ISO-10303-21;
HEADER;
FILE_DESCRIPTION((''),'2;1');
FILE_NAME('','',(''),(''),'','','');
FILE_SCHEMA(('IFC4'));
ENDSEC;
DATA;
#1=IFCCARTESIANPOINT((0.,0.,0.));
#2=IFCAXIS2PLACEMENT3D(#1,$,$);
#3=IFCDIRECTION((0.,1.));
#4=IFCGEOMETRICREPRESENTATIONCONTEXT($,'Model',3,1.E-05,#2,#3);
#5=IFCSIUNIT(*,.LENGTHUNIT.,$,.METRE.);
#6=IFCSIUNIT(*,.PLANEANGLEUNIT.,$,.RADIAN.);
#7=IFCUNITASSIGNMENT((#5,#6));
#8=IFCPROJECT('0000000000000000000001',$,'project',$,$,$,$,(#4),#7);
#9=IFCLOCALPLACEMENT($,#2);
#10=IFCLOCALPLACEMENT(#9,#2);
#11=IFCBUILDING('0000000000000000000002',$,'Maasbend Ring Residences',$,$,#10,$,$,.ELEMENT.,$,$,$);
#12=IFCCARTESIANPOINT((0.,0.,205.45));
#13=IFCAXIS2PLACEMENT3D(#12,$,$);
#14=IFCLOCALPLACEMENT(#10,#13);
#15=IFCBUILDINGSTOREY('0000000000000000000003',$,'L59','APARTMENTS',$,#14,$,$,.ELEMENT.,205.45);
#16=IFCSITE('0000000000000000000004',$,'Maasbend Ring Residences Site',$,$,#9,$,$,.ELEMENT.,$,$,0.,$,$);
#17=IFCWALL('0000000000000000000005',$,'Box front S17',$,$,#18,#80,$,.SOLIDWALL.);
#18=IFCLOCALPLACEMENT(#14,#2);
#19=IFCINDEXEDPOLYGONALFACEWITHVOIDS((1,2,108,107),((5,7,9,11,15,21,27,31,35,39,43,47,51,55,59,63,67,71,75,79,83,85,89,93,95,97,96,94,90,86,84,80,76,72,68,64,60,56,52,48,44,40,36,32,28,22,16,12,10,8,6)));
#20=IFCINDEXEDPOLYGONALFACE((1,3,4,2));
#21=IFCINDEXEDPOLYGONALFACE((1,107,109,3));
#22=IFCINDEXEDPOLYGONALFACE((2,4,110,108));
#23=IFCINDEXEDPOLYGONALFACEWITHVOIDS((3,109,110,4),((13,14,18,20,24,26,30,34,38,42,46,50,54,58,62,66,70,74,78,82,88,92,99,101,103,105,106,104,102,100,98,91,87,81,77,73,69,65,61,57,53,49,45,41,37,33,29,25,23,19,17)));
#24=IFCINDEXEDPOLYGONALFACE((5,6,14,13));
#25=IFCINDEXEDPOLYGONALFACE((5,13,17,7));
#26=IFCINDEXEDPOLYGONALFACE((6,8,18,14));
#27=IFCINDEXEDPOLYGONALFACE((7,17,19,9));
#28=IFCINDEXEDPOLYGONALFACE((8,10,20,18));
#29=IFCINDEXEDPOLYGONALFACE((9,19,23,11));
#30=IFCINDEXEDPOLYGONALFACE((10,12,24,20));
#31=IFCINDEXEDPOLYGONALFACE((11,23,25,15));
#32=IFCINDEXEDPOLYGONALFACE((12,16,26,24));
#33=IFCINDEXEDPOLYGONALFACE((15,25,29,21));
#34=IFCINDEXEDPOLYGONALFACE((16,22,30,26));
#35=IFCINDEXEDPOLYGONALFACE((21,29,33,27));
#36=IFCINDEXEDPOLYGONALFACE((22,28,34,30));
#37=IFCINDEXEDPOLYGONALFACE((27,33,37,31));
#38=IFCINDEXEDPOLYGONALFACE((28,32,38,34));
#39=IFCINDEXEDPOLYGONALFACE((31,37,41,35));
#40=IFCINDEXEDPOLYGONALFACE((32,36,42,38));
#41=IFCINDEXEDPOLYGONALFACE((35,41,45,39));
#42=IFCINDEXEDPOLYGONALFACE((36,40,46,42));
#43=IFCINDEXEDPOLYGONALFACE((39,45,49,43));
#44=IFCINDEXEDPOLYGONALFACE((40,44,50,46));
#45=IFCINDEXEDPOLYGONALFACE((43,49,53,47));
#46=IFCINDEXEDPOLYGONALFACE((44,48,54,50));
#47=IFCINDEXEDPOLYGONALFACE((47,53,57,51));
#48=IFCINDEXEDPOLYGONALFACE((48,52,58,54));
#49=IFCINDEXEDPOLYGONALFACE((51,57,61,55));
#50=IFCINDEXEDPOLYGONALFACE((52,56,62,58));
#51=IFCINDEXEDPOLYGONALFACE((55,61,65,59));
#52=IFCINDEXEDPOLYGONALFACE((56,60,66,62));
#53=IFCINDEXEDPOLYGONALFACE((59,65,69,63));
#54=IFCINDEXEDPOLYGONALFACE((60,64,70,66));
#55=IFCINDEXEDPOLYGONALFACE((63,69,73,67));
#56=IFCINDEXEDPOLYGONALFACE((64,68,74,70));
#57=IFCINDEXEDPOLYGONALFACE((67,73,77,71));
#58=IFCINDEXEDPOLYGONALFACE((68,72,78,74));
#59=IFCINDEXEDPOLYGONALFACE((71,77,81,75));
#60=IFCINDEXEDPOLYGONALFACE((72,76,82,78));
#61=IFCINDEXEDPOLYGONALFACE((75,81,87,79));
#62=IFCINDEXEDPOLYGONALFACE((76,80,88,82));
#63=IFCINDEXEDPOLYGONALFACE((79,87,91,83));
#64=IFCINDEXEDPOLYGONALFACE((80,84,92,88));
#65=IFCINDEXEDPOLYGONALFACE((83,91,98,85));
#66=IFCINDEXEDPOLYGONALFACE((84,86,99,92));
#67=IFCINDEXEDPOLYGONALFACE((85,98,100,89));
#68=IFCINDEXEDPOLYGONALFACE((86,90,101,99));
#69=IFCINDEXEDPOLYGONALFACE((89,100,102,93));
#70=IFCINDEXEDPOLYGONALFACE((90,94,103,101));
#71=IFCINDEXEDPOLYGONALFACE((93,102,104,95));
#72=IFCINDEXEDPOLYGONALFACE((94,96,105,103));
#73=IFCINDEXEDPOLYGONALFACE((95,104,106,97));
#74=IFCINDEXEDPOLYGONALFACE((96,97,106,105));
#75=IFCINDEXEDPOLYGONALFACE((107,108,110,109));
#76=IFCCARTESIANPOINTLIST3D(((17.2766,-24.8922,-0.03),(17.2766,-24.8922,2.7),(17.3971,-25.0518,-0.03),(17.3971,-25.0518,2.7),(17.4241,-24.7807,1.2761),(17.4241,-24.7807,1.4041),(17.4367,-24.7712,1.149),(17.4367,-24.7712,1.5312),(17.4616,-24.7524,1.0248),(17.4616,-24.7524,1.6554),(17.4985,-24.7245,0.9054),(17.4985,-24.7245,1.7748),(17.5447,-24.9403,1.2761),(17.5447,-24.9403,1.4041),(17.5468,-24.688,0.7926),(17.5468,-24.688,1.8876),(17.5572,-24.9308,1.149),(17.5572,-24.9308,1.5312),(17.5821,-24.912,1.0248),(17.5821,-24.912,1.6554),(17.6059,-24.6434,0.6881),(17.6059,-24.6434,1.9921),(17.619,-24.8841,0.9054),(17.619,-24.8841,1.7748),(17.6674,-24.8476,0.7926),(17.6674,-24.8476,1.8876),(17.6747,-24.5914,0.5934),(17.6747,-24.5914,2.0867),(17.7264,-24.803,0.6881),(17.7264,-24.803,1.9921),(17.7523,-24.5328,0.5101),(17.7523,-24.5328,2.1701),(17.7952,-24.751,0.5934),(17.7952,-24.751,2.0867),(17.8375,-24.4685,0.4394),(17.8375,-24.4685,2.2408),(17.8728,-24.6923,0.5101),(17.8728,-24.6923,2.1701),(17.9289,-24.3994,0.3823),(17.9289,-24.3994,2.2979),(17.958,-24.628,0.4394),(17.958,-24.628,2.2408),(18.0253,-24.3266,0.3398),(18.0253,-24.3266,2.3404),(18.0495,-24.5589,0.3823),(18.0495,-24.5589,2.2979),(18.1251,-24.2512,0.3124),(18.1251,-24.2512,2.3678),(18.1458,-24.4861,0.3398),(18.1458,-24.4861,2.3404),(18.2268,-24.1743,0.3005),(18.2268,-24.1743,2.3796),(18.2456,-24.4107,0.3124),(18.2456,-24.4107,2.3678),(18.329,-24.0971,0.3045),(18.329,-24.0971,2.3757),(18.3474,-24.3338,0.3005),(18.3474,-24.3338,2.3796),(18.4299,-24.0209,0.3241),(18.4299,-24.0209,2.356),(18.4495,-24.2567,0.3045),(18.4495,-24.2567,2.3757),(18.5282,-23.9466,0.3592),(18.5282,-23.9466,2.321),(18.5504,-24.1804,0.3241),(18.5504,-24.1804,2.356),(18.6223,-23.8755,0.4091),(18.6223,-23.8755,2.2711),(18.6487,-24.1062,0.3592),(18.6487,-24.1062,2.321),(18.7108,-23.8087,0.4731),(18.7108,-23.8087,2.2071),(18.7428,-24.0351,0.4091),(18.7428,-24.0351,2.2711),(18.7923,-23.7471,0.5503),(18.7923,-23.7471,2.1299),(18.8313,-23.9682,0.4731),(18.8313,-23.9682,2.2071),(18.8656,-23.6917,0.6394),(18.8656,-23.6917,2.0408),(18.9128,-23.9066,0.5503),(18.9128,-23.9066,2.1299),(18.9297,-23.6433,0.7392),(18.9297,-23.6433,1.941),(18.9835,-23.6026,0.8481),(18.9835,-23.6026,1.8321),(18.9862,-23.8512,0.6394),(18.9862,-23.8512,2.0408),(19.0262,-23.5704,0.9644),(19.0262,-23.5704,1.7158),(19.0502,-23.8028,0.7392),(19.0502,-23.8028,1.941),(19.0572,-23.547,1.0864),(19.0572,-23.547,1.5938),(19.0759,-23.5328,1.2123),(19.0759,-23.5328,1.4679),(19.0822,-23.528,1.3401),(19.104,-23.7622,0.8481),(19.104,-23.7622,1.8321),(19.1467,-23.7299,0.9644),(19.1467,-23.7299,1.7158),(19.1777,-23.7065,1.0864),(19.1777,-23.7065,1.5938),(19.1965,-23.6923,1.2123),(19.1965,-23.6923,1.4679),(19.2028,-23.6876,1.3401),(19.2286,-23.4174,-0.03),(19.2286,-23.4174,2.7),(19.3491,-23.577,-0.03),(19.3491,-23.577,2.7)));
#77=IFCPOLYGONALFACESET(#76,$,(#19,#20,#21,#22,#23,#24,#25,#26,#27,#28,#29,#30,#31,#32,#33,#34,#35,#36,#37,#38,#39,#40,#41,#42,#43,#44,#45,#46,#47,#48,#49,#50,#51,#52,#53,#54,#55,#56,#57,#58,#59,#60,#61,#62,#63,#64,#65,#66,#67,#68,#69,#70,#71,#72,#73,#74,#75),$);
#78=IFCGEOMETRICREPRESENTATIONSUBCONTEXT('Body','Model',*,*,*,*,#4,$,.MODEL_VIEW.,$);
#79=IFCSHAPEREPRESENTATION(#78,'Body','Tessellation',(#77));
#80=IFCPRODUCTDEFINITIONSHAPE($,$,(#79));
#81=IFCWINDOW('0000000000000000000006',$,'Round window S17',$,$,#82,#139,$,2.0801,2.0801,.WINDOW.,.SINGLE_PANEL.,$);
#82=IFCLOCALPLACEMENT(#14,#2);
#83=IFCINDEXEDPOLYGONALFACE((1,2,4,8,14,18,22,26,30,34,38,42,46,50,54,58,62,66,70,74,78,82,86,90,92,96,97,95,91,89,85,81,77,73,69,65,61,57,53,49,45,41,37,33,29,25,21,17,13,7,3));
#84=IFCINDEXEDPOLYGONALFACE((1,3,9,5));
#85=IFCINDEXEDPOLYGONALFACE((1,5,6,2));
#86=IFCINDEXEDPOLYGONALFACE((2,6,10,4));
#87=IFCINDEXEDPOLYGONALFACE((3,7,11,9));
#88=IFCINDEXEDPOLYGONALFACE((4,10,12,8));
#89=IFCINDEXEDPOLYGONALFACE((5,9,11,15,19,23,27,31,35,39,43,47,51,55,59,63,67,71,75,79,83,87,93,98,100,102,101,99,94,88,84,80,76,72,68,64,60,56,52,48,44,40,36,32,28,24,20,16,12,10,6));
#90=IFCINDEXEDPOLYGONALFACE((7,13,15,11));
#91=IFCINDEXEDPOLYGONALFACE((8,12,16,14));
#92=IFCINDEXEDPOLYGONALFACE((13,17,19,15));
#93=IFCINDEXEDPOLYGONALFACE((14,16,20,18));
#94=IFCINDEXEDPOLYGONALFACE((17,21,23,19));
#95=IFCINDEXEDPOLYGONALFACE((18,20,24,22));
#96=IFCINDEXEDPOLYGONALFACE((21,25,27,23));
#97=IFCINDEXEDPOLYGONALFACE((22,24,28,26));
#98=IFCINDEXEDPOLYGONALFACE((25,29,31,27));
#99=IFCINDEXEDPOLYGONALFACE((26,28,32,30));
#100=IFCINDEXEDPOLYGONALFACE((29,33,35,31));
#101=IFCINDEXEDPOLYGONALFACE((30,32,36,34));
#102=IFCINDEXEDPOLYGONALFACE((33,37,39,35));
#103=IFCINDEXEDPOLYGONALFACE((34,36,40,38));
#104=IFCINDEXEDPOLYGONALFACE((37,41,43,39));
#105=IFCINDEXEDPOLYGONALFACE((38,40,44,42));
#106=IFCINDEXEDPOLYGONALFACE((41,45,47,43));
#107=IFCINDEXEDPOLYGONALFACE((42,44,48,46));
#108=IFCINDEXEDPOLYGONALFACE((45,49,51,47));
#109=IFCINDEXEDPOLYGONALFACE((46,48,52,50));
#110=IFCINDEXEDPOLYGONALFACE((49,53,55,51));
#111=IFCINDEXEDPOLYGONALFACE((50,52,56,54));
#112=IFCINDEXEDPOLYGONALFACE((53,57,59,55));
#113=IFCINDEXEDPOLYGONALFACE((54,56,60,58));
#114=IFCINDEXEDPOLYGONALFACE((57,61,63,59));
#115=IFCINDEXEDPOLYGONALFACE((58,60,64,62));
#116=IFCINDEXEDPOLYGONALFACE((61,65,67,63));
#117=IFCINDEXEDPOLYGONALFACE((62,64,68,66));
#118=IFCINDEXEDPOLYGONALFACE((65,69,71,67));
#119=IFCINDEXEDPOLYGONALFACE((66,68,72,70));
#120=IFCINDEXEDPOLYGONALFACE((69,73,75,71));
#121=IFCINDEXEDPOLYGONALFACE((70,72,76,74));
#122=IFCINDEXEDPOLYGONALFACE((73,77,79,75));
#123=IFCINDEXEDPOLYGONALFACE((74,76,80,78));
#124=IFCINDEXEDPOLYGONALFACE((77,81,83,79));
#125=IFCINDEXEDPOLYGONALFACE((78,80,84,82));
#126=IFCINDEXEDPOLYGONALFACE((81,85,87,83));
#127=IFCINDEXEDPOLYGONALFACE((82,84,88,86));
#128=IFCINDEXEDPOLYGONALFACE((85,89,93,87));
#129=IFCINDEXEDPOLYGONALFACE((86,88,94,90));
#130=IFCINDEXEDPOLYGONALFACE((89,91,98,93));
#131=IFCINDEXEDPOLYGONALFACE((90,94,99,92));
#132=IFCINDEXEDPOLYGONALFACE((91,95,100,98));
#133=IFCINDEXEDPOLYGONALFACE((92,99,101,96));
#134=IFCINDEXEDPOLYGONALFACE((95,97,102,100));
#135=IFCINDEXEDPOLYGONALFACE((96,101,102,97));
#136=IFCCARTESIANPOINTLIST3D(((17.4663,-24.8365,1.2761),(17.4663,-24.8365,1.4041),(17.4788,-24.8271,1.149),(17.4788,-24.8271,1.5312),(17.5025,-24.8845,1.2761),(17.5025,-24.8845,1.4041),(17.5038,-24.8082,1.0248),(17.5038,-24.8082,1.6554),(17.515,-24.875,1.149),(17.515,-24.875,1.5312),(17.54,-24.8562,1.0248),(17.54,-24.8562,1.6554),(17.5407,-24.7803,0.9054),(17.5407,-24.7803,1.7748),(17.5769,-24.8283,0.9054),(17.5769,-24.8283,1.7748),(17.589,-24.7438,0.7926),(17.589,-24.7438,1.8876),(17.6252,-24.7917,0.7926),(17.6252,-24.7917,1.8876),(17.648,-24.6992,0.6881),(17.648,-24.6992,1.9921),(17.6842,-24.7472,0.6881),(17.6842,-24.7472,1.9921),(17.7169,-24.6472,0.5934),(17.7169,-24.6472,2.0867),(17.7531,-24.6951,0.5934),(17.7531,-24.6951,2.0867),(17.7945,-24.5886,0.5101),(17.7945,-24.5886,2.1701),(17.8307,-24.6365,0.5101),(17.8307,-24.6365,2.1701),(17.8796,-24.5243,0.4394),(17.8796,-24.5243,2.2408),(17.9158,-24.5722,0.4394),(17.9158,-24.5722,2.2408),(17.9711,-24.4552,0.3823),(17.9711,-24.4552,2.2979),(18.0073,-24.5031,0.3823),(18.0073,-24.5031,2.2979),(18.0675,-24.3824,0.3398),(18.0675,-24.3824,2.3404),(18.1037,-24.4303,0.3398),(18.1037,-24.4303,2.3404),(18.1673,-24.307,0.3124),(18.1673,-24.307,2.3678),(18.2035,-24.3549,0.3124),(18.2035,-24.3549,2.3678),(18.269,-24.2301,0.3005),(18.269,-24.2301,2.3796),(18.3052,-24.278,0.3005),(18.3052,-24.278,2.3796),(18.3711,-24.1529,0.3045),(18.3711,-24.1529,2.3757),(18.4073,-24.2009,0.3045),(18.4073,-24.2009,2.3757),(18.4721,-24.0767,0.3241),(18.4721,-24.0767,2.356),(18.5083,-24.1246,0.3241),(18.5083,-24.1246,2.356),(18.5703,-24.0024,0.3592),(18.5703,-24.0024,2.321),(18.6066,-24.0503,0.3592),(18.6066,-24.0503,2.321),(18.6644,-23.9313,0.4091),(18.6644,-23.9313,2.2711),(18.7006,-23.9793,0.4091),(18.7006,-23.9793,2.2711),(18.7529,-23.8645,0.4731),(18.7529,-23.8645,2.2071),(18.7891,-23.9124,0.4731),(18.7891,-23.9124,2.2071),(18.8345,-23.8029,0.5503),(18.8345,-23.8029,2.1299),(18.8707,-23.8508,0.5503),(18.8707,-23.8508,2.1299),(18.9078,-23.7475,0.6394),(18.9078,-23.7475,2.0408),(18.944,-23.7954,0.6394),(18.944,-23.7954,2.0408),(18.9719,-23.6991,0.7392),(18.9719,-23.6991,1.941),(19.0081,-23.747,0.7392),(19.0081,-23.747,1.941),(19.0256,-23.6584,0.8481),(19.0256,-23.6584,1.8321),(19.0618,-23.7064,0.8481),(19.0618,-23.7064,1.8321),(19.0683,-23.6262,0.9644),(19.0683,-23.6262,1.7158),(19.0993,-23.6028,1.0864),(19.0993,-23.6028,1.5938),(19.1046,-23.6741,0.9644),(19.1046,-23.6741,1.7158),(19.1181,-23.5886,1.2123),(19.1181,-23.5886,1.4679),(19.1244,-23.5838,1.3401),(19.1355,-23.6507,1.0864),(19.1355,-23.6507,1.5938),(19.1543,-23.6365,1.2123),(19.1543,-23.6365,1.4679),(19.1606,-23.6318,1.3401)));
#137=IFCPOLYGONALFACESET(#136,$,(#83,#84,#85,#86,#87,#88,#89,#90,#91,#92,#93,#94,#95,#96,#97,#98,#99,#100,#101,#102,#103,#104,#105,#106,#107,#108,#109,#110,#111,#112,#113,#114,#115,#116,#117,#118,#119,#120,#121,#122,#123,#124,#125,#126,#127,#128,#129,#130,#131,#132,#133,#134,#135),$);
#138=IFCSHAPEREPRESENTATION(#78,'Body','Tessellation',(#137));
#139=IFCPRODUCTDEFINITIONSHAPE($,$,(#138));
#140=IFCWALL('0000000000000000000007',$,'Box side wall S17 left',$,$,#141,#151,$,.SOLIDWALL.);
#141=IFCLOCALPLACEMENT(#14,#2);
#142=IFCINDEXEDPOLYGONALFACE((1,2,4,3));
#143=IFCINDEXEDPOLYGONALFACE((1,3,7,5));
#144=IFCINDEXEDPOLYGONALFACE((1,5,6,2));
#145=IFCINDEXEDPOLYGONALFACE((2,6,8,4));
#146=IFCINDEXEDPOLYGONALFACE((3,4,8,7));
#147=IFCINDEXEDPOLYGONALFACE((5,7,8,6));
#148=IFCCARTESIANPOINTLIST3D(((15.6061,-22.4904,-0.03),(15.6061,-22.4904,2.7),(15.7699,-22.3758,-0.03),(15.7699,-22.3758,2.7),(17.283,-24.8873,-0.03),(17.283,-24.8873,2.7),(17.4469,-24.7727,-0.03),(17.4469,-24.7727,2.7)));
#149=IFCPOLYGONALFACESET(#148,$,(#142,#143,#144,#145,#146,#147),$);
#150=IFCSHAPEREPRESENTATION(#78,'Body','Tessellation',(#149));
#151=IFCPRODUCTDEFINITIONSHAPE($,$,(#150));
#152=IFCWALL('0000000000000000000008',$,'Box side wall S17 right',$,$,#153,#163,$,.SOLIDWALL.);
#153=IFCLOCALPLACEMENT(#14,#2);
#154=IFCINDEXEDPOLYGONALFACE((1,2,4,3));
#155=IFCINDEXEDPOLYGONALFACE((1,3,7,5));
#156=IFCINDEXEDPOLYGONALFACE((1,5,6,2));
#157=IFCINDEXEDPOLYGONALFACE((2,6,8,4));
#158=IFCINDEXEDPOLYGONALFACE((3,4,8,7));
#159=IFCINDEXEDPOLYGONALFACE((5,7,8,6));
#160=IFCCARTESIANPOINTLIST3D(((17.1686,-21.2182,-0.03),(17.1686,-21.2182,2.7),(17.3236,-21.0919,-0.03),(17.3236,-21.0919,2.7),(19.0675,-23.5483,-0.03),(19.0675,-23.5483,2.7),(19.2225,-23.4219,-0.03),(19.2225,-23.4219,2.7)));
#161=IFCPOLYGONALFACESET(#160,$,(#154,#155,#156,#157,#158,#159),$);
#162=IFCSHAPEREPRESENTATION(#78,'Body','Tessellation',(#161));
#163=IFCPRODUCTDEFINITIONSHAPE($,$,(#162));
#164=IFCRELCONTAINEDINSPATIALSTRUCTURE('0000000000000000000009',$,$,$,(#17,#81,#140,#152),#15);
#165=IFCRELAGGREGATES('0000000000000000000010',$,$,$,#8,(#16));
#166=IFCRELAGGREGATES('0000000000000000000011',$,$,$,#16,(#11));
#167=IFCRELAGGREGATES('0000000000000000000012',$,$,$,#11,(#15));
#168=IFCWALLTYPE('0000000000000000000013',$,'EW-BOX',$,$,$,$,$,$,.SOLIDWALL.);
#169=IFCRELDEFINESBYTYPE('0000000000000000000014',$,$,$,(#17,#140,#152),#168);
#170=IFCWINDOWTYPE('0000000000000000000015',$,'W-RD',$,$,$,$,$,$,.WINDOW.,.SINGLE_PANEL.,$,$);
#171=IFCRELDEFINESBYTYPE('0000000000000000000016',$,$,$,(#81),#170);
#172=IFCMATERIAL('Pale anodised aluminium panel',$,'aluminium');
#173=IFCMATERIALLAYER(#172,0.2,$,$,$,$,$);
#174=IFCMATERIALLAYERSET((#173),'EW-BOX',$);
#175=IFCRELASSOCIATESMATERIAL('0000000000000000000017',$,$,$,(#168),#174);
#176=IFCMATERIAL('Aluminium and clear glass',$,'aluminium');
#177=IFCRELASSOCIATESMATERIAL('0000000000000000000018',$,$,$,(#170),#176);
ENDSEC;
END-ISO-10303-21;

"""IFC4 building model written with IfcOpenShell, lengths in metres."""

from ifc_helpers import new_model, si_unit, direction, frame, frame_2d, origin, place, context, subcontext, project, spatial, rectangle, circle, extrude, material, layer, layer_set, type_object, element, fill, save


model = new_model("IFC4")

# Units and contexts
model_context = context("Model", 3, precision=1e-05, world=origin(), true_north=direction((0.0, 1.0)))
body_context = subcontext(model_context, "Body", "Model", "MODEL_VIEW")
ifc_project = project(units=[si_unit("LENGTHUNIT", "METRE"), si_unit("PLANEANGLEUNIT", "RADIAN")], contexts=[model_context])

# Site, building, storey
site_placement = place(None, origin())
site = spatial("IfcSite", under=ifc_project, at=site_placement, Name="Maasbend Ring Residences Site", CompositionType="ELEMENT", RefElevation=0.0)
building_placement = place(site_placement, origin())
building = spatial("IfcBuilding", under=site, at=building_placement, Name="Maasbend Ring Residences", CompositionType="ELEMENT")
storey_placement = place(building_placement, frame((0.0, 0.0, 205.45)))
storey = spatial("IfcBuildingStorey", under=building, at=storey_placement, Name="L59", Description="APARTMENTS", CompositionType="ELEMENT", Elevation=205.45)

# Shared definitions
ifc_material_1 = material(Name="Pale anodised aluminium panel", Category="aluminium")
ifc_layer_1 = layer(ifc_material_1, 0.2)
ifc_layer_set_1 = layer_set([ifc_layer_1], Name="EW-BOX")
wall_type_1 = type_object("IfcWallType", Name="EW-BOX", PredefinedType="SOLIDWALL", material=ifc_layer_set_1)
ifc_material_2 = material(Name="Aluminium and clear glass", Category="aluminium")
window_type_1 = type_object("IfcWindowType", Name="W-RD", PartitioningType="SINGLE_PANEL", PredefinedType="WINDOW", material=ifc_material_2)

# Wall, opening, window
wall_1_placement = place(storey_placement, frame((17.3369, -24.9719, -0.03), z_axis=(0.0, 0.0, 1.0), x_axis=(0.797888, 0.602806, 0.0)))
wall_1 = element("IfcWall", 1, at=wall_1_placement, inside=storey, type_object=wall_type_1, Name="Box front S17", PredefinedType="SOLIDWALL", context=body_context, shape_type="SweptSolid", body=[
    extrude(rectangle(XDim=2.4465, YDim=0.2, at=frame_2d((1.2231, 0.0))), origin(), (0.0, 0.0, 1.0), 2.73),
])
opening_1_placement = place(wall_1_placement, frame((0.1829, 0.0, 0.3301)))
opening_1 = element("IfcOpeningElement", 2, at=opening_1_placement, cuts=wall_1, PredefinedType="OPENING", context=body_context, shape_type="SweptSolid", body=[
    extrude(circle(Radius=1.04, at=frame_2d((1.04, 1.04))), frame((0.0, 0.1099, 0.0), z_axis=(0.0, -1.0, 0.0), x_axis=(1.0, 0.0, 0.0)), (0.0, 0.0, 1.0), 0.22),
])
window_1_placement = place(opening_1_placement, origin())
window_1 = element("IfcWindow", 3, at=window_1_placement, inside=storey, type_object=window_type_1, Name="Round window S17", OverallHeight=2.0801, OverallWidth=2.0801, PartitioningType="SINGLE_PANEL", PredefinedType="WINDOW", context=body_context, shape_type="SweptSolid", body=[
    extrude(circle(Radius=1.04, at=frame_2d((1.04, 1.04))), frame((0.0, 0.03, 0.0), z_axis=(0.0, -1.0, 0.0), x_axis=(1.0, 0.0, 0.0)), (0.0, 0.0, 1.0), 0.0601),
])
fill(opening_1, window_1)

# Walls
wall_2_placement = place(storey_placement, frame((15.688, -22.4331, -0.03), z_axis=(0.0, 0.0, 1.0), x_axis=(0.573261, -0.819373, 0.0)))
element("IfcWall", 4, at=wall_2_placement, inside=storey, type_object=wall_type_1, Name="Box side wall S17 left", PredefinedType="SOLIDWALL", context=body_context, shape_type="SweptSolid", body=[
    extrude(rectangle(XDim=2.9253, YDim=0.2, at=frame_2d((1.4626, 0.0))), origin(), (0.0, 0.0, 1.0), 2.73),
])
wall_3_placement = place(storey_placement, frame((17.2461, -21.155, -0.03), z_axis=(0.0, 0.0, 1.0), x_axis=(0.631742, -0.775179, 0.0)))
element("IfcWall", 5, at=wall_3_placement, inside=storey, type_object=wall_type_1, Name="Box side wall S17 right", PredefinedType="SOLIDWALL", context=body_context, shape_type="SweptSolid", body=[
    extrude(rectangle(XDim=3.0059, YDim=0.2, at=frame_2d((1.5029, 0.0))), origin(), (0.0, 0.0, 1.0), 2.73),
])

save(model, "model.ifc")
